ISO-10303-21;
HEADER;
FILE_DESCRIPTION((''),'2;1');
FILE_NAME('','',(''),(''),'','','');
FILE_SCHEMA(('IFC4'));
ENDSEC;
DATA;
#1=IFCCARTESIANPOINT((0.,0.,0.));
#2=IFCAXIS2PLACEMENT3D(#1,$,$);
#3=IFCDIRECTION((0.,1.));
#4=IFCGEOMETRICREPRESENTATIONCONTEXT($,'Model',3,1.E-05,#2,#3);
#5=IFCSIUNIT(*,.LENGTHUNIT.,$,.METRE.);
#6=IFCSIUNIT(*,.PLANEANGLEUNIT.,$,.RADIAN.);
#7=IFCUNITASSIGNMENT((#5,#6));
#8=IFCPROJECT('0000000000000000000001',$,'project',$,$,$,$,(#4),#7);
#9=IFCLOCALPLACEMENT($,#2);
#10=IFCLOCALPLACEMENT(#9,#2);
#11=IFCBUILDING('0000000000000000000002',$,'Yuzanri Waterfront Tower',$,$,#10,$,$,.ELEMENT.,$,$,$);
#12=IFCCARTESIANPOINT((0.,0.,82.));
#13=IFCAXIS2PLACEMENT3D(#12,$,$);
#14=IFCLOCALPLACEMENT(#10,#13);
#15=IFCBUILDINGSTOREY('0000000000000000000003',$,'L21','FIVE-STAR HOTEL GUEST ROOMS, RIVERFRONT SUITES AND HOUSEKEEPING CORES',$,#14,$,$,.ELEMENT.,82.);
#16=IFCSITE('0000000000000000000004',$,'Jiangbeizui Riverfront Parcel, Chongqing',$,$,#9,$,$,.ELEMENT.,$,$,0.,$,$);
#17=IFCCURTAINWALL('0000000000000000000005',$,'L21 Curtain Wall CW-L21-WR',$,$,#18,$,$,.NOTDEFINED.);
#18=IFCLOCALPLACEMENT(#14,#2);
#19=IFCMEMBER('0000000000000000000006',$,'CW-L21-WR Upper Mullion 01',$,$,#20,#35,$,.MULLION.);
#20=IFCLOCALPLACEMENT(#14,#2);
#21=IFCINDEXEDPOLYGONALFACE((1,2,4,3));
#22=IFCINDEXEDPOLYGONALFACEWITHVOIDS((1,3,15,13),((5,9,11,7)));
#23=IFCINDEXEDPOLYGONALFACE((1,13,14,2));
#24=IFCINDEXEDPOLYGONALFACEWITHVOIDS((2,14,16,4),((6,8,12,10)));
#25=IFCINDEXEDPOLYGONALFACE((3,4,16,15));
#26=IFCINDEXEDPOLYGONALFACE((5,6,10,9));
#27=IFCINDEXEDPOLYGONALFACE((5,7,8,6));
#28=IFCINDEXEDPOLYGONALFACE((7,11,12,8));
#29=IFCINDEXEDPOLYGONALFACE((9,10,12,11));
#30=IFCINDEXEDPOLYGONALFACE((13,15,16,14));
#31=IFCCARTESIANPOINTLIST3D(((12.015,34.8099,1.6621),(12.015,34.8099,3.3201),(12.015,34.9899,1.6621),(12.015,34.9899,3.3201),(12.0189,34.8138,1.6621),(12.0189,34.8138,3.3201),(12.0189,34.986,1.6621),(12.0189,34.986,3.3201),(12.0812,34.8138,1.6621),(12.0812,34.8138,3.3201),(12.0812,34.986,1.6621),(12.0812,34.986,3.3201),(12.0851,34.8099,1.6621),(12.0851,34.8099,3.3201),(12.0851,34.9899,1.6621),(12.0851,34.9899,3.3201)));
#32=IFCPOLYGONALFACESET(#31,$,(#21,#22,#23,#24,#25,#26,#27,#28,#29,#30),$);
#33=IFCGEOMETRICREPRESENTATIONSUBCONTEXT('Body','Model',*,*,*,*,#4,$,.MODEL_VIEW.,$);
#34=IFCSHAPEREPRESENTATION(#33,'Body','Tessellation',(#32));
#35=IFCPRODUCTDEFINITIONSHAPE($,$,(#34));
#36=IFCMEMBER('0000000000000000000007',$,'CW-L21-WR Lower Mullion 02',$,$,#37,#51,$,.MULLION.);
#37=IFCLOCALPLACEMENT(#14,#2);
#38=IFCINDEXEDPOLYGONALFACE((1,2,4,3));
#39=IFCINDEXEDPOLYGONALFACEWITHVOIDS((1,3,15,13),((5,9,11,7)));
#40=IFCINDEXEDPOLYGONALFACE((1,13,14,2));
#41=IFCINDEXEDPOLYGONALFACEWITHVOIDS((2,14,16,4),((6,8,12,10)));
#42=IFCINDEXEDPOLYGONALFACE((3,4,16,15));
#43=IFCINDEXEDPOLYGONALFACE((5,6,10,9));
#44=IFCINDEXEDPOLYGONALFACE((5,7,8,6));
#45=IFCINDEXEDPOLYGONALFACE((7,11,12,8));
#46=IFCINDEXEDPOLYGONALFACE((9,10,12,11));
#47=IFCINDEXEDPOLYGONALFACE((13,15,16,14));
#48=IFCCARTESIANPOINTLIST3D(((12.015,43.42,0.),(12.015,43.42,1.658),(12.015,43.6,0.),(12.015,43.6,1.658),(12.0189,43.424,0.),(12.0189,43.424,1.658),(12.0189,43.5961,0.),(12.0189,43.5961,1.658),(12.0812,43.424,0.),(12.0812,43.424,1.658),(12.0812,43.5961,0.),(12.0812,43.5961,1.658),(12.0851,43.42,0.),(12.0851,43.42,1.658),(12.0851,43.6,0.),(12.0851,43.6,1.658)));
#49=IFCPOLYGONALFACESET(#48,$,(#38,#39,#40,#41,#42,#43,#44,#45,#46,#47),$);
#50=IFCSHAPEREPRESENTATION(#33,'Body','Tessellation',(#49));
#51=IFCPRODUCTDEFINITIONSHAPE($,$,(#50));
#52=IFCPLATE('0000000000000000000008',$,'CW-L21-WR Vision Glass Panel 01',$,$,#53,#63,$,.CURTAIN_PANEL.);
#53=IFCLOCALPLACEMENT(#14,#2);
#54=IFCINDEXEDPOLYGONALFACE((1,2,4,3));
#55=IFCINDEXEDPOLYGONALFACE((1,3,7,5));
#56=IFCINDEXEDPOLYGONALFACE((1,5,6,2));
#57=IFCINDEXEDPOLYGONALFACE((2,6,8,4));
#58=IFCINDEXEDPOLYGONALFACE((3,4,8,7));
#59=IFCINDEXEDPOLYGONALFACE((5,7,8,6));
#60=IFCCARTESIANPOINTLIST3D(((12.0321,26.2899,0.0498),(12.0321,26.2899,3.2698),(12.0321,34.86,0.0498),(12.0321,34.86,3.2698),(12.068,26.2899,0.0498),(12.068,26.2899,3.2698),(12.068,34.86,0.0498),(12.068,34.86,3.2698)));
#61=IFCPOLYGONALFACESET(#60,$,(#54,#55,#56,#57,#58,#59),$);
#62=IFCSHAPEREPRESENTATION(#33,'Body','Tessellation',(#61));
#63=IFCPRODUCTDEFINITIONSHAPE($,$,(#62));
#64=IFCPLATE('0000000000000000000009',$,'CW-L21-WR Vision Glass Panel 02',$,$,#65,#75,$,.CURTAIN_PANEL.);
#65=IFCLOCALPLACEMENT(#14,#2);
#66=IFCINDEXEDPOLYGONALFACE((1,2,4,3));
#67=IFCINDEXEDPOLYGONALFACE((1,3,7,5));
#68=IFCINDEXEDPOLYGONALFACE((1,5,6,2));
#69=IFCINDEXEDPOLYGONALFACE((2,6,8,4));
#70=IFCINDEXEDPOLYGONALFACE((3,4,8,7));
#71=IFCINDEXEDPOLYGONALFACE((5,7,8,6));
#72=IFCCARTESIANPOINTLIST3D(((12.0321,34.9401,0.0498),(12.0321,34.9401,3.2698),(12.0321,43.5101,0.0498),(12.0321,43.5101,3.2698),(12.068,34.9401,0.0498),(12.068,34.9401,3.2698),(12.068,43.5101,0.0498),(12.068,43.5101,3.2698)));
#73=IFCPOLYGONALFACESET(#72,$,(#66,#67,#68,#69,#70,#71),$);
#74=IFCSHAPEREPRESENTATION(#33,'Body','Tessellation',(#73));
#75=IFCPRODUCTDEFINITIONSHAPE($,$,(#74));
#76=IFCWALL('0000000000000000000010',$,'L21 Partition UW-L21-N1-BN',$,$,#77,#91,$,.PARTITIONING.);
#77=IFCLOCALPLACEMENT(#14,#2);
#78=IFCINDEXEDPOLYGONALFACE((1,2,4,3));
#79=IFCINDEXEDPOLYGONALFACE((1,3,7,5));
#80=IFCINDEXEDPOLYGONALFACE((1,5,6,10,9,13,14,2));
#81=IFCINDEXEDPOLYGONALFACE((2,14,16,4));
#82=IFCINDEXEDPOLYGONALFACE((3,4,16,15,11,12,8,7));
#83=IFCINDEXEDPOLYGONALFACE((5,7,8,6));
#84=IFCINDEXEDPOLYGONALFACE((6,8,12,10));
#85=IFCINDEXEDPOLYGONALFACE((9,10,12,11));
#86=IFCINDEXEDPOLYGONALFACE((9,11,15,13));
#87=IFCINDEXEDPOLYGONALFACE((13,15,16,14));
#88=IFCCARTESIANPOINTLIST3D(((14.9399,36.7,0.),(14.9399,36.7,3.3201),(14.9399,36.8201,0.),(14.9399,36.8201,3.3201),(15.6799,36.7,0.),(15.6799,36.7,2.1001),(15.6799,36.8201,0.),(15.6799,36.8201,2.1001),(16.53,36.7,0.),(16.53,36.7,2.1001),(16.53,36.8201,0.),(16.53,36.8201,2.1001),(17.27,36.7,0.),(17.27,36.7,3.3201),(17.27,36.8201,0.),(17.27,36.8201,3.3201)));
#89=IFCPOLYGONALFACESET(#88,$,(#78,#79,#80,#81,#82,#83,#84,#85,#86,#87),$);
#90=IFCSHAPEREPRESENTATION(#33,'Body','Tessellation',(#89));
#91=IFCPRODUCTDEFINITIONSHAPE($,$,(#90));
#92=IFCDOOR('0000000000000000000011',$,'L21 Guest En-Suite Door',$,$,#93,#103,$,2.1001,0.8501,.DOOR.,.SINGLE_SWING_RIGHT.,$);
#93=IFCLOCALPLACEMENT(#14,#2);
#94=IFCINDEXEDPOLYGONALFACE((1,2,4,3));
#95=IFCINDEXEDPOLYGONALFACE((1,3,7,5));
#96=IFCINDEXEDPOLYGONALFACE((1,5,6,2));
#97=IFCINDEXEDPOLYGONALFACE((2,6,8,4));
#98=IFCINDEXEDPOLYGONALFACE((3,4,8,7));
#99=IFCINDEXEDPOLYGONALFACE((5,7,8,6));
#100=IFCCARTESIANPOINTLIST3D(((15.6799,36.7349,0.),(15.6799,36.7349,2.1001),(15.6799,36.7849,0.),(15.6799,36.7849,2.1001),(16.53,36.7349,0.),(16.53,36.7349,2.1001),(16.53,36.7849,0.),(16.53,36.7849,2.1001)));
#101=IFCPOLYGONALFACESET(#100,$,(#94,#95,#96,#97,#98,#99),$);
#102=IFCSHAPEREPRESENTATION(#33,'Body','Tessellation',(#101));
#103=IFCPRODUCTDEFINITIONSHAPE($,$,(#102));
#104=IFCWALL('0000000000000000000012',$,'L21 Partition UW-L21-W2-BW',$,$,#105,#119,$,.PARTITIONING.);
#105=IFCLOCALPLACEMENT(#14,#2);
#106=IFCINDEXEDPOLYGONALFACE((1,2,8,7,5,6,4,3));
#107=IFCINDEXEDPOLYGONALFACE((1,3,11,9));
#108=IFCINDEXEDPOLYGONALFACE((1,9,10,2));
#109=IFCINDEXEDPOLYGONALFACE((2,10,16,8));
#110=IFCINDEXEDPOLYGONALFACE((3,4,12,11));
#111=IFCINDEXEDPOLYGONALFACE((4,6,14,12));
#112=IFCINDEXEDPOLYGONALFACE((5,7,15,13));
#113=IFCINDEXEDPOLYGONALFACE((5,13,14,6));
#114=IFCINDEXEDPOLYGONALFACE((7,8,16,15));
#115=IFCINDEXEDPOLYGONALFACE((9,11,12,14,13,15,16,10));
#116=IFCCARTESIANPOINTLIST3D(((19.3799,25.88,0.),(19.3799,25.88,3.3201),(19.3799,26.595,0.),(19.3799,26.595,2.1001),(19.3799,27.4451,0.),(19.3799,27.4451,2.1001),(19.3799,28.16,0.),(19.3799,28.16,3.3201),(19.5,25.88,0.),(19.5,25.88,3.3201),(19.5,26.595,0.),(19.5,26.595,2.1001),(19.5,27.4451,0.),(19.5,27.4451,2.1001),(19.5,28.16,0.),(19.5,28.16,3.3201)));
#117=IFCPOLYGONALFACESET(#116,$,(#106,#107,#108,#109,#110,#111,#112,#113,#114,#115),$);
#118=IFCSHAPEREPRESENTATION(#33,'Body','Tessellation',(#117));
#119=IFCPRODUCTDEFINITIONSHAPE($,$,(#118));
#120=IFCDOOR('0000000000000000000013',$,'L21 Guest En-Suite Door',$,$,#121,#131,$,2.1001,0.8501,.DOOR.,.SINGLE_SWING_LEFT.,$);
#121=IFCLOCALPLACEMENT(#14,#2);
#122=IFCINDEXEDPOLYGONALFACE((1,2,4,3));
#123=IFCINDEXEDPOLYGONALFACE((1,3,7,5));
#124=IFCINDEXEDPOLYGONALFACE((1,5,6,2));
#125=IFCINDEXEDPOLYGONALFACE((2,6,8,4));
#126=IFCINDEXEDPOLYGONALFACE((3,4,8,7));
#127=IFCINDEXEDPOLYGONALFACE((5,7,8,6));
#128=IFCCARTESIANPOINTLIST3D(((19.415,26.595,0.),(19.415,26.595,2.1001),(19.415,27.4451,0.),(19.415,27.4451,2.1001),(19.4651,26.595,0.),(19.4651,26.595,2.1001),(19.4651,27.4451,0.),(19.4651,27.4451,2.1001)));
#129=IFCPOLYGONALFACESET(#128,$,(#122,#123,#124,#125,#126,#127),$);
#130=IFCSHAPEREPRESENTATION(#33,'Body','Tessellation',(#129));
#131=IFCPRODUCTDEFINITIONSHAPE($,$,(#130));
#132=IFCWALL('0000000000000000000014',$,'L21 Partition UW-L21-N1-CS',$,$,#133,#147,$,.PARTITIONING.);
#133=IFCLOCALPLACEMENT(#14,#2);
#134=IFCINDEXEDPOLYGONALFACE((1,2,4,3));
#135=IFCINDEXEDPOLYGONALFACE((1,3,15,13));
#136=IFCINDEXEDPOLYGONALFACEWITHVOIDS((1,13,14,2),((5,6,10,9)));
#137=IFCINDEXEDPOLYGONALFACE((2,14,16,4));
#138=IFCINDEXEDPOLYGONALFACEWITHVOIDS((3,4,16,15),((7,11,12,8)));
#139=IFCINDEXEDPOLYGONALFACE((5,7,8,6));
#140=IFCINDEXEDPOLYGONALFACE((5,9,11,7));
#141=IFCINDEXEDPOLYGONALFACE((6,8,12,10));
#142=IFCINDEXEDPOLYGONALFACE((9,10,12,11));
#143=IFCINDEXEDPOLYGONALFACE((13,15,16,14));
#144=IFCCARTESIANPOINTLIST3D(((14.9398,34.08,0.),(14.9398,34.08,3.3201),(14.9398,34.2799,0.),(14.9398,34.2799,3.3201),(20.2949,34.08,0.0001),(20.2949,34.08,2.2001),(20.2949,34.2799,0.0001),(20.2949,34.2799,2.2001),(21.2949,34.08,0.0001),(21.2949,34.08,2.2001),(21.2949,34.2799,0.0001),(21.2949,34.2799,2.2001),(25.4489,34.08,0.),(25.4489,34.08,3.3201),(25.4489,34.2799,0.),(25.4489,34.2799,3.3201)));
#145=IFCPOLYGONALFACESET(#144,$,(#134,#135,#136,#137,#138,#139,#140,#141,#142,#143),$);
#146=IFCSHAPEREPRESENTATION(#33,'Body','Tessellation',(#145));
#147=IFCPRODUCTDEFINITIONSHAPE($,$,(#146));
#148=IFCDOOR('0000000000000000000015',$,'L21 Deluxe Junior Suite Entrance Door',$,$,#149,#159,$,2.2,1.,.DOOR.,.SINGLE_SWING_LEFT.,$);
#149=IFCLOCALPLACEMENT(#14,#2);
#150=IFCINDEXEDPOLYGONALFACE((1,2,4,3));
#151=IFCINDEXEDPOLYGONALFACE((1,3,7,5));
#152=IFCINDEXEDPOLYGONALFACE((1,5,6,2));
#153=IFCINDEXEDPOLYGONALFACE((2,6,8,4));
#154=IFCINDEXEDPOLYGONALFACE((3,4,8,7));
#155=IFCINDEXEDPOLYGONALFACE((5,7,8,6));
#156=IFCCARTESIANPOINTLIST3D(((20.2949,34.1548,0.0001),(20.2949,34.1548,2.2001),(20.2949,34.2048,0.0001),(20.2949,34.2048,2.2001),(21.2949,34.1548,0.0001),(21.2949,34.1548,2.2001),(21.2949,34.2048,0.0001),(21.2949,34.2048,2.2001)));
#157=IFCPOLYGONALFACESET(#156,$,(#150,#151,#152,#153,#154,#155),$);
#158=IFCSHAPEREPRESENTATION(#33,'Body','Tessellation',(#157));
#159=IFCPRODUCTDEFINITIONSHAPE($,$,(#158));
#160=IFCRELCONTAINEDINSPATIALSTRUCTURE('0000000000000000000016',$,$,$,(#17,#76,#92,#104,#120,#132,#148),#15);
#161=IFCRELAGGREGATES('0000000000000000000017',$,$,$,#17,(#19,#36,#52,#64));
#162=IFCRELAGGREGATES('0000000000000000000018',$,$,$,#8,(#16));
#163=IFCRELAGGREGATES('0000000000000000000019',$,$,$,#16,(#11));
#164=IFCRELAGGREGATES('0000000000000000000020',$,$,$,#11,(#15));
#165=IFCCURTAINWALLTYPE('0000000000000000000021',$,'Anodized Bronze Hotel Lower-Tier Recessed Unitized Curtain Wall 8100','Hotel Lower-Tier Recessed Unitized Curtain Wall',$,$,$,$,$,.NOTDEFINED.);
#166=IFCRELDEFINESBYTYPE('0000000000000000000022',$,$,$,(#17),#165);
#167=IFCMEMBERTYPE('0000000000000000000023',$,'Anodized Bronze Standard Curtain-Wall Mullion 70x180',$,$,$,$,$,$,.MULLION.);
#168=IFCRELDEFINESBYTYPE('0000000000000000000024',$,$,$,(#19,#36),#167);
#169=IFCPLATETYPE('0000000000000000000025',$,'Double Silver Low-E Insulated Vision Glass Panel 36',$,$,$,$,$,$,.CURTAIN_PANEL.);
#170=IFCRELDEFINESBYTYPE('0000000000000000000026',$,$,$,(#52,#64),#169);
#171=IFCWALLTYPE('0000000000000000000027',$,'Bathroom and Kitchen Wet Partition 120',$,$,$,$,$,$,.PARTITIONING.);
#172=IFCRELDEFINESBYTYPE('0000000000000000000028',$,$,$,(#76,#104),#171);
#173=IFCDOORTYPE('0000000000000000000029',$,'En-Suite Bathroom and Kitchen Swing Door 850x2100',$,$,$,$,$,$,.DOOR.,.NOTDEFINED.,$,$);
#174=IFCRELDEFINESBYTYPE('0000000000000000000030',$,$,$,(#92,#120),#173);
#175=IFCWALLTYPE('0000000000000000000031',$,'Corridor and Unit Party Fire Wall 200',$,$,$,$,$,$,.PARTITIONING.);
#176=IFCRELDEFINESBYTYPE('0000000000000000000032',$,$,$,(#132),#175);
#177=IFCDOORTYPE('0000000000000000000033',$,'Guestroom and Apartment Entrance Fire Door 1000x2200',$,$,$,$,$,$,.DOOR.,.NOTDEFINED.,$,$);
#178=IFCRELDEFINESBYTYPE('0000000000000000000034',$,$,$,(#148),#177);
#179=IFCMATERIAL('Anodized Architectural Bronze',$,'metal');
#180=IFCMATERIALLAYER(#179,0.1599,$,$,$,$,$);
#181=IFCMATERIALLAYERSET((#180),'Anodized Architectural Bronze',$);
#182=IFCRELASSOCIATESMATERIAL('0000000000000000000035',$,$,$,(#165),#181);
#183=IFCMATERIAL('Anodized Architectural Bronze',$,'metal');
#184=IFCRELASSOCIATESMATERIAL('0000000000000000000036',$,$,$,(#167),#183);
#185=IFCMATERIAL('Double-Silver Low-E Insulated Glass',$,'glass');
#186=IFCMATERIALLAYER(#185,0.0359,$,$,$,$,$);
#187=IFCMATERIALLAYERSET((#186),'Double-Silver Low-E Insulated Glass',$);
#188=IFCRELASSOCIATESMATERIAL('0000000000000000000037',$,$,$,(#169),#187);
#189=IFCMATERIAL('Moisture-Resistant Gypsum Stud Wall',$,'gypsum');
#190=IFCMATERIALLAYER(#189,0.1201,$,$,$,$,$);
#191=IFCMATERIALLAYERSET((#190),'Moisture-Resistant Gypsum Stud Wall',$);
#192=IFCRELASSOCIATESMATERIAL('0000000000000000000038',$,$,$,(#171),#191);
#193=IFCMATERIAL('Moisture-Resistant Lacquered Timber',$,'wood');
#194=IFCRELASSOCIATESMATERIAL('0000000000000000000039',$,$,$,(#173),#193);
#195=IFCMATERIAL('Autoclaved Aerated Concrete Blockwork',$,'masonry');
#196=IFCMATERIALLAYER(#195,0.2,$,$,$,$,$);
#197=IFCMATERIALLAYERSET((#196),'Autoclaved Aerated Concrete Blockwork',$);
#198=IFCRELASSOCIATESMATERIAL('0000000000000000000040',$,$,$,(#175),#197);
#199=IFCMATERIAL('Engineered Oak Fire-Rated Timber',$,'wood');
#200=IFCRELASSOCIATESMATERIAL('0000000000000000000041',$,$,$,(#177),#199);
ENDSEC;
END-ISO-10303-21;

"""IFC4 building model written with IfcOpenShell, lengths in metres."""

from ifc_helpers import new_model, si_unit, direction, frame, frame_2d, origin, origin_2d, place, context, subcontext, project, spatial, rectangle, hollow_rectangle, extrude, source, transform, mapped, material, layer, layer_set, material_profile, profile_set, type_object, element, fill, aggregate, save


model = new_model("IFC4")

# Units and contexts
model_context = context("Model", 3, precision=1e-05, world=origin(), true_north=direction((0.0, 1.0)))
body_context = subcontext(model_context, "Body", "Model", "MODEL_VIEW")
ifc_project = project(units=[si_unit("LENGTHUNIT", "METRE"), si_unit("PLANEANGLEUNIT", "RADIAN")], contexts=[model_context])

# Site, building, storey
site_placement = place(None, origin())
site = spatial("IfcSite", under=ifc_project, at=site_placement, Name="Jiangbeizui Riverfront Parcel, Chongqing", CompositionType="ELEMENT", RefElevation=0.0)
building_placement = place(site_placement, origin())
building = spatial("IfcBuilding", under=site, at=building_placement, Name="Yuzanri Waterfront Tower", CompositionType="ELEMENT")
storey_placement = place(building_placement, frame((0.0, 0.0, 82.0)))
storey = spatial("IfcBuildingStorey", under=building, at=storey_placement, Name="L21", Description="FIVE-STAR HOTEL GUEST ROOMS, RIVERFRONT SUITES AND HOUSEKEEPING CORES", CompositionType="ELEMENT", Elevation=82.0)

# Curtain wall, members, plates
ifc_material_1 = material(Name="Anodized Architectural Bronze", Category="metal")
ifc_layer_1 = layer(ifc_material_1, 0.1599)
ifc_layer_set_1 = layer_set([ifc_layer_1], Name="Anodized Architectural Bronze")
curtain_wall_type = type_object("IfcCurtainWallType", Name="Anodized Bronze Hotel Lower-Tier Recessed Unitized Curtain Wall 8100", Description="Hotel Lower-Tier Recessed Unitized Curtain Wall", PredefinedType="NOTDEFINED", material=ifc_layer_set_1)
curtain_wall_placement = place(storey_placement, origin())
curtain_wall = element("IfcCurtainWall", 1, at=curtain_wall_placement, inside=storey, type_object=curtain_wall_type, Name="L21 Curtain Wall CW-L21-WR", PredefinedType="NOTDEFINED")
ifc_material_2 = material(Name="Anodized Architectural Bronze", Category="metal")
ifc_material_profile_1 = material_profile(ifc_material_2, hollow_rectangle(XDim=0.0701, YDim=0.1799, WallThickness=0.0039, at=origin_2d()), Name="CWM 70x180")
ifc_profile_set_1 = profile_set([ifc_material_profile_1], Name="Anodized Architectural Bronze")
member_type_1 = type_object("IfcMemberType", Name="Anodized Bronze Standard Curtain-Wall Mullion 70x180", PredefinedType="MULLION", material=ifc_profile_set_1)
shared_shape_1 = source(origin(), body_context, "Body", "SweptSolid", [
    extrude(hollow_rectangle(XDim=0.0701, YDim=0.1799, WallThickness=0.0039, at=origin_2d()), origin(), (0.0, 0.0, 1.0), 1.658),
])
member_1_placement = place(storey_placement, frame((12.05, 34.8999, 1.6621), z_axis=(0.0, 0.0, 1.0), x_axis=(1.0, 0.0, 0.0)))
member_1 = element("IfcMember", 2, at=member_1_placement, type_object=member_type_1, Name="CW-L21-WR Upper Mullion 01", PredefinedType="MULLION", context=body_context, shape_type="MappedRepresentation", body=[
    mapped(shared_shape_1, transform((0.0, 0.0, 0.0), scale=1.0)),
])
member_2_placement = place(storey_placement, frame((12.05, 43.51, 0.0), z_axis=(0.0, 0.0, 1.0), x_axis=(1.0, 0.0, 0.0)))
member_2 = element("IfcMember", 3, at=member_2_placement, type_object=member_type_1, Name="CW-L21-WR Lower Mullion 02", PredefinedType="MULLION", context=body_context, shape_type="MappedRepresentation", body=[
    mapped(shared_shape_1, transform((0.0, 0.0, 0.0), scale=1.0)),
])
ifc_material_3 = material(Name="Double-Silver Low-E Insulated Glass", Category="glass")
ifc_layer_2 = layer(ifc_material_3, 0.0359)
ifc_layer_set_2 = layer_set([ifc_layer_2], Name="Double-Silver Low-E Insulated Glass")
plate_type = type_object("IfcPlateType", Name="Double Silver Low-E Insulated Vision Glass Panel 36", PredefinedType="CURTAIN_PANEL", material=ifc_layer_set_2)
shared_shape_2 = source(origin(), body_context, "Body", "SweptSolid", [
    extrude(rectangle(XDim=8.5701, YDim=0.0359, at=origin_2d()), origin(), (0.0, 0.0, 1.0), 3.22),
])
plate_1_placement = place(storey_placement, frame((12.05, 30.575, 0.0498), z_axis=(0.0, 0.0, 1.0), x_axis=(0.0, 1.0, 0.0)))
plate_1 = element("IfcPlate", 4, at=plate_1_placement, type_object=plate_type, Name="CW-L21-WR Vision Glass Panel 01", PredefinedType="CURTAIN_PANEL", context=body_context, shape_type="MappedRepresentation", body=[
    mapped(shared_shape_2, transform((0.0, 0.0, 0.0), scale=1.0)),
])
plate_2_placement = place(storey_placement, frame((12.05, 39.2251, 0.0498), z_axis=(0.0, 0.0, 1.0), x_axis=(0.0, 1.0, 0.0)))
plate_2 = element("IfcPlate", 5, at=plate_2_placement, type_object=plate_type, Name="CW-L21-WR Vision Glass Panel 02", PredefinedType="CURTAIN_PANEL", context=body_context, shape_type="MappedRepresentation", body=[
    mapped(shared_shape_2, transform((0.0, 0.0, 0.0), scale=1.0)),
])
aggregate(curtain_wall, [member_1, member_2, plate_1, plate_2])

# Walls, openings, doors
ifc_material_4 = material(Name="Moisture-Resistant Gypsum Stud Wall", Category="gypsum")
ifc_layer_3 = layer(ifc_material_4, 0.1201)
ifc_layer_set_3 = layer_set([ifc_layer_3], Name="Moisture-Resistant Gypsum Stud Wall")
wall_type_1 = type_object("IfcWallType", Name="Bathroom and Kitchen Wet Partition 120", PredefinedType="PARTITIONING", material=ifc_layer_set_3)
wall_1_placement = place(storey_placement, frame((14.9399, 36.76, 0.0), z_axis=(0.0, 0.0, 1.0), x_axis=(1.0, 0.0, 0.0)))
wall_1 = element("IfcWall", 6, at=wall_1_placement, inside=storey, type_object=wall_type_1, Name="L21 Partition UW-L21-N1-BN", PredefinedType="PARTITIONING", context=body_context, shape_type="SweptSolid", body=[
    extrude(rectangle(XDim=2.3301, YDim=0.1201, at=frame_2d((1.165, 0.0))), origin(), (0.0, 0.0, 1.0), 3.3201),
])
opening_1_placement = place(wall_1_placement, frame((0.74, 0.0, 0.0)))
opening_1 = element("IfcOpeningElement", 7, at=opening_1_placement, cuts=wall_1, PredefinedType="OPENING", context=body_context, shape_type="SweptSolid", body=[
    extrude(rectangle(XDim=0.8501, YDim=2.1001, at=frame_2d((0.425, 1.05))), frame((0.0, 0.075, 0.0), z_axis=(0.0, -1.0, 0.0), x_axis=(1.0, 0.0, 0.0)), (0.0, 0.0, 1.0), 0.1499),
])
ifc_material_5 = material(Name="Moisture-Resistant Lacquered Timber", Category="wood")
door_type_1 = type_object("IfcDoorType", Name="En-Suite Bathroom and Kitchen Swing Door 850x2100", OperationType="NOTDEFINED", PredefinedType="DOOR", material=ifc_material_5)
shared_shape_3 = source(origin(), body_context, "Body", "SweptSolid", [
    extrude(rectangle(XDim=0.8501, YDim=2.1001, at=frame_2d((0.425, 1.05))), frame((0.0, 0.0249, 0.0), z_axis=(0.0, -1.0, 0.0), x_axis=(1.0, 0.0, 0.0)), (0.0, 0.0, 1.0), 0.05),
])
door_1_placement = place(opening_1_placement, origin())
door_1 = element("IfcDoor", 8, at=door_1_placement, inside=storey, type_object=door_type_1, Name="L21 Guest En-Suite Door", OperationType="SINGLE_SWING_RIGHT", OverallHeight=2.1001, OverallWidth=0.8501, PredefinedType="DOOR", context=body_context, shape_type="MappedRepresentation", body=[
    mapped(shared_shape_3, transform((0.0, 0.0, 0.0), scale=1.0)),
])
fill(opening_1, door_1)
wall_2_placement = place(storey_placement, frame((19.4399, 25.8799, 0.0), z_axis=(0.0, 0.0, 1.0), x_axis=(0.0, 1.0, 0.0)))
wall_2 = element("IfcWall", 9, at=wall_2_placement, inside=storey, type_object=wall_type_1, Name="L21 Partition UW-L21-W2-BW", PredefinedType="PARTITIONING", context=body_context, shape_type="SweptSolid", body=[
    extrude(rectangle(XDim=2.28, YDim=0.1201, at=frame_2d((1.1401, 0.0))), origin(), (0.0, 0.0, 1.0), 3.3201),
])
opening_2_placement = place(wall_2_placement, frame((0.7151, 0.0, 0.0)))
opening_2 = element("IfcOpeningElement", 10, at=opening_2_placement, cuts=wall_2, PredefinedType="OPENING", context=body_context, shape_type="SweptSolid", body=[
    extrude(rectangle(XDim=0.8501, YDim=2.1001, at=frame_2d((0.425, 1.05))), frame((0.0, 0.075, 0.0), z_axis=(0.0, -1.0, 0.0), x_axis=(1.0, 0.0, 0.0)), (0.0, 0.0, 1.0), 0.1499),
])
door_2_placement = place(opening_2_placement, origin())
door_2 = element("IfcDoor", 11, at=door_2_placement, inside=storey, type_object=door_type_1, Name="L21 Guest En-Suite Door", OperationType="SINGLE_SWING_LEFT", OverallHeight=2.1001, OverallWidth=0.8501, PredefinedType="DOOR", context=body_context, shape_type="MappedRepresentation", body=[
    mapped(shared_shape_3, transform((0.0, 0.0, 0.0), scale=1.0)),
])
fill(opening_2, door_2)
ifc_material_6 = material(Name="Autoclaved Aerated Concrete Blockwork", Category="masonry")
ifc_layer_4 = layer(ifc_material_6, 0.2)
ifc_layer_set_4 = layer_set([ifc_layer_4], Name="Autoclaved Aerated Concrete Blockwork")
wall_type_2 = type_object("IfcWallType", Name="Corridor and Unit Party Fire Wall 200", PredefinedType="PARTITIONING", material=ifc_layer_set_4)
wall_3_placement = place(storey_placement, frame((14.9399, 34.1799, 0.0), z_axis=(0.0, 0.0, 1.0), x_axis=(1.0, 0.0, 0.0)))
wall_3 = element("IfcWall", 12, at=wall_3_placement, inside=storey, type_object=wall_type_2, Name="L21 Partition UW-L21-N1-CS", PredefinedType="PARTITIONING", context=body_context, shape_type="SweptSolid", body=[
    extrude(rectangle(XDim=10.509, YDim=0.2, at=frame_2d((5.2544, 0.0))), origin(), (0.0, 0.0, 1.0), 3.3201),
])
opening_3_placement = place(wall_3_placement, frame((5.355, 0.0, 0.0)))
opening_3 = element("IfcOpeningElement", 13, at=opening_3_placement, cuts=wall_3, PredefinedType="OPENING", context=body_context, shape_type="SweptSolid", body=[
    extrude(rectangle(XDim=1.0, YDim=2.2, at=frame_2d((0.5, 1.1001))), frame((0.0, 0.1147, 0.0), z_axis=(0.0, -1.0, 0.0), x_axis=(1.0, 0.0, 0.0)), (0.0, 0.0, 1.0), 0.2297),
])
ifc_material_7 = material(Name="Engineered Oak Fire-Rated Timber", Category="wood")
door_type_2 = type_object("IfcDoorType", Name="Guestroom and Apartment Entrance Fire Door 1000x2200", OperationType="NOTDEFINED", PredefinedType="DOOR", material=ifc_material_7)
shared_shape_4 = source(origin(), body_context, "Body", "SweptSolid", [
    extrude(rectangle(XDim=1.0, YDim=2.2, at=frame_2d((0.5, 1.1001))), frame((0.0, 0.0249, 0.0), z_axis=(0.0, -1.0, 0.0), x_axis=(1.0, 0.0, 0.0)), (0.0, 0.0, 1.0), 0.05),
])
door_3_placement = place(opening_3_placement, origin())
door_3 = element("IfcDoor", 14, at=door_3_placement, inside=storey, type_object=door_type_2, Name="L21 Deluxe Junior Suite Entrance Door", OperationType="SINGLE_SWING_LEFT", OverallHeight=2.2, OverallWidth=1.0, PredefinedType="DOOR", context=body_context, shape_type="MappedRepresentation", body=[
    mapped(shared_shape_4, transform((0.0, 0.0, 0.0), scale=1.0)),
])
fill(opening_3, door_3)

save(model, "model.ifc")
